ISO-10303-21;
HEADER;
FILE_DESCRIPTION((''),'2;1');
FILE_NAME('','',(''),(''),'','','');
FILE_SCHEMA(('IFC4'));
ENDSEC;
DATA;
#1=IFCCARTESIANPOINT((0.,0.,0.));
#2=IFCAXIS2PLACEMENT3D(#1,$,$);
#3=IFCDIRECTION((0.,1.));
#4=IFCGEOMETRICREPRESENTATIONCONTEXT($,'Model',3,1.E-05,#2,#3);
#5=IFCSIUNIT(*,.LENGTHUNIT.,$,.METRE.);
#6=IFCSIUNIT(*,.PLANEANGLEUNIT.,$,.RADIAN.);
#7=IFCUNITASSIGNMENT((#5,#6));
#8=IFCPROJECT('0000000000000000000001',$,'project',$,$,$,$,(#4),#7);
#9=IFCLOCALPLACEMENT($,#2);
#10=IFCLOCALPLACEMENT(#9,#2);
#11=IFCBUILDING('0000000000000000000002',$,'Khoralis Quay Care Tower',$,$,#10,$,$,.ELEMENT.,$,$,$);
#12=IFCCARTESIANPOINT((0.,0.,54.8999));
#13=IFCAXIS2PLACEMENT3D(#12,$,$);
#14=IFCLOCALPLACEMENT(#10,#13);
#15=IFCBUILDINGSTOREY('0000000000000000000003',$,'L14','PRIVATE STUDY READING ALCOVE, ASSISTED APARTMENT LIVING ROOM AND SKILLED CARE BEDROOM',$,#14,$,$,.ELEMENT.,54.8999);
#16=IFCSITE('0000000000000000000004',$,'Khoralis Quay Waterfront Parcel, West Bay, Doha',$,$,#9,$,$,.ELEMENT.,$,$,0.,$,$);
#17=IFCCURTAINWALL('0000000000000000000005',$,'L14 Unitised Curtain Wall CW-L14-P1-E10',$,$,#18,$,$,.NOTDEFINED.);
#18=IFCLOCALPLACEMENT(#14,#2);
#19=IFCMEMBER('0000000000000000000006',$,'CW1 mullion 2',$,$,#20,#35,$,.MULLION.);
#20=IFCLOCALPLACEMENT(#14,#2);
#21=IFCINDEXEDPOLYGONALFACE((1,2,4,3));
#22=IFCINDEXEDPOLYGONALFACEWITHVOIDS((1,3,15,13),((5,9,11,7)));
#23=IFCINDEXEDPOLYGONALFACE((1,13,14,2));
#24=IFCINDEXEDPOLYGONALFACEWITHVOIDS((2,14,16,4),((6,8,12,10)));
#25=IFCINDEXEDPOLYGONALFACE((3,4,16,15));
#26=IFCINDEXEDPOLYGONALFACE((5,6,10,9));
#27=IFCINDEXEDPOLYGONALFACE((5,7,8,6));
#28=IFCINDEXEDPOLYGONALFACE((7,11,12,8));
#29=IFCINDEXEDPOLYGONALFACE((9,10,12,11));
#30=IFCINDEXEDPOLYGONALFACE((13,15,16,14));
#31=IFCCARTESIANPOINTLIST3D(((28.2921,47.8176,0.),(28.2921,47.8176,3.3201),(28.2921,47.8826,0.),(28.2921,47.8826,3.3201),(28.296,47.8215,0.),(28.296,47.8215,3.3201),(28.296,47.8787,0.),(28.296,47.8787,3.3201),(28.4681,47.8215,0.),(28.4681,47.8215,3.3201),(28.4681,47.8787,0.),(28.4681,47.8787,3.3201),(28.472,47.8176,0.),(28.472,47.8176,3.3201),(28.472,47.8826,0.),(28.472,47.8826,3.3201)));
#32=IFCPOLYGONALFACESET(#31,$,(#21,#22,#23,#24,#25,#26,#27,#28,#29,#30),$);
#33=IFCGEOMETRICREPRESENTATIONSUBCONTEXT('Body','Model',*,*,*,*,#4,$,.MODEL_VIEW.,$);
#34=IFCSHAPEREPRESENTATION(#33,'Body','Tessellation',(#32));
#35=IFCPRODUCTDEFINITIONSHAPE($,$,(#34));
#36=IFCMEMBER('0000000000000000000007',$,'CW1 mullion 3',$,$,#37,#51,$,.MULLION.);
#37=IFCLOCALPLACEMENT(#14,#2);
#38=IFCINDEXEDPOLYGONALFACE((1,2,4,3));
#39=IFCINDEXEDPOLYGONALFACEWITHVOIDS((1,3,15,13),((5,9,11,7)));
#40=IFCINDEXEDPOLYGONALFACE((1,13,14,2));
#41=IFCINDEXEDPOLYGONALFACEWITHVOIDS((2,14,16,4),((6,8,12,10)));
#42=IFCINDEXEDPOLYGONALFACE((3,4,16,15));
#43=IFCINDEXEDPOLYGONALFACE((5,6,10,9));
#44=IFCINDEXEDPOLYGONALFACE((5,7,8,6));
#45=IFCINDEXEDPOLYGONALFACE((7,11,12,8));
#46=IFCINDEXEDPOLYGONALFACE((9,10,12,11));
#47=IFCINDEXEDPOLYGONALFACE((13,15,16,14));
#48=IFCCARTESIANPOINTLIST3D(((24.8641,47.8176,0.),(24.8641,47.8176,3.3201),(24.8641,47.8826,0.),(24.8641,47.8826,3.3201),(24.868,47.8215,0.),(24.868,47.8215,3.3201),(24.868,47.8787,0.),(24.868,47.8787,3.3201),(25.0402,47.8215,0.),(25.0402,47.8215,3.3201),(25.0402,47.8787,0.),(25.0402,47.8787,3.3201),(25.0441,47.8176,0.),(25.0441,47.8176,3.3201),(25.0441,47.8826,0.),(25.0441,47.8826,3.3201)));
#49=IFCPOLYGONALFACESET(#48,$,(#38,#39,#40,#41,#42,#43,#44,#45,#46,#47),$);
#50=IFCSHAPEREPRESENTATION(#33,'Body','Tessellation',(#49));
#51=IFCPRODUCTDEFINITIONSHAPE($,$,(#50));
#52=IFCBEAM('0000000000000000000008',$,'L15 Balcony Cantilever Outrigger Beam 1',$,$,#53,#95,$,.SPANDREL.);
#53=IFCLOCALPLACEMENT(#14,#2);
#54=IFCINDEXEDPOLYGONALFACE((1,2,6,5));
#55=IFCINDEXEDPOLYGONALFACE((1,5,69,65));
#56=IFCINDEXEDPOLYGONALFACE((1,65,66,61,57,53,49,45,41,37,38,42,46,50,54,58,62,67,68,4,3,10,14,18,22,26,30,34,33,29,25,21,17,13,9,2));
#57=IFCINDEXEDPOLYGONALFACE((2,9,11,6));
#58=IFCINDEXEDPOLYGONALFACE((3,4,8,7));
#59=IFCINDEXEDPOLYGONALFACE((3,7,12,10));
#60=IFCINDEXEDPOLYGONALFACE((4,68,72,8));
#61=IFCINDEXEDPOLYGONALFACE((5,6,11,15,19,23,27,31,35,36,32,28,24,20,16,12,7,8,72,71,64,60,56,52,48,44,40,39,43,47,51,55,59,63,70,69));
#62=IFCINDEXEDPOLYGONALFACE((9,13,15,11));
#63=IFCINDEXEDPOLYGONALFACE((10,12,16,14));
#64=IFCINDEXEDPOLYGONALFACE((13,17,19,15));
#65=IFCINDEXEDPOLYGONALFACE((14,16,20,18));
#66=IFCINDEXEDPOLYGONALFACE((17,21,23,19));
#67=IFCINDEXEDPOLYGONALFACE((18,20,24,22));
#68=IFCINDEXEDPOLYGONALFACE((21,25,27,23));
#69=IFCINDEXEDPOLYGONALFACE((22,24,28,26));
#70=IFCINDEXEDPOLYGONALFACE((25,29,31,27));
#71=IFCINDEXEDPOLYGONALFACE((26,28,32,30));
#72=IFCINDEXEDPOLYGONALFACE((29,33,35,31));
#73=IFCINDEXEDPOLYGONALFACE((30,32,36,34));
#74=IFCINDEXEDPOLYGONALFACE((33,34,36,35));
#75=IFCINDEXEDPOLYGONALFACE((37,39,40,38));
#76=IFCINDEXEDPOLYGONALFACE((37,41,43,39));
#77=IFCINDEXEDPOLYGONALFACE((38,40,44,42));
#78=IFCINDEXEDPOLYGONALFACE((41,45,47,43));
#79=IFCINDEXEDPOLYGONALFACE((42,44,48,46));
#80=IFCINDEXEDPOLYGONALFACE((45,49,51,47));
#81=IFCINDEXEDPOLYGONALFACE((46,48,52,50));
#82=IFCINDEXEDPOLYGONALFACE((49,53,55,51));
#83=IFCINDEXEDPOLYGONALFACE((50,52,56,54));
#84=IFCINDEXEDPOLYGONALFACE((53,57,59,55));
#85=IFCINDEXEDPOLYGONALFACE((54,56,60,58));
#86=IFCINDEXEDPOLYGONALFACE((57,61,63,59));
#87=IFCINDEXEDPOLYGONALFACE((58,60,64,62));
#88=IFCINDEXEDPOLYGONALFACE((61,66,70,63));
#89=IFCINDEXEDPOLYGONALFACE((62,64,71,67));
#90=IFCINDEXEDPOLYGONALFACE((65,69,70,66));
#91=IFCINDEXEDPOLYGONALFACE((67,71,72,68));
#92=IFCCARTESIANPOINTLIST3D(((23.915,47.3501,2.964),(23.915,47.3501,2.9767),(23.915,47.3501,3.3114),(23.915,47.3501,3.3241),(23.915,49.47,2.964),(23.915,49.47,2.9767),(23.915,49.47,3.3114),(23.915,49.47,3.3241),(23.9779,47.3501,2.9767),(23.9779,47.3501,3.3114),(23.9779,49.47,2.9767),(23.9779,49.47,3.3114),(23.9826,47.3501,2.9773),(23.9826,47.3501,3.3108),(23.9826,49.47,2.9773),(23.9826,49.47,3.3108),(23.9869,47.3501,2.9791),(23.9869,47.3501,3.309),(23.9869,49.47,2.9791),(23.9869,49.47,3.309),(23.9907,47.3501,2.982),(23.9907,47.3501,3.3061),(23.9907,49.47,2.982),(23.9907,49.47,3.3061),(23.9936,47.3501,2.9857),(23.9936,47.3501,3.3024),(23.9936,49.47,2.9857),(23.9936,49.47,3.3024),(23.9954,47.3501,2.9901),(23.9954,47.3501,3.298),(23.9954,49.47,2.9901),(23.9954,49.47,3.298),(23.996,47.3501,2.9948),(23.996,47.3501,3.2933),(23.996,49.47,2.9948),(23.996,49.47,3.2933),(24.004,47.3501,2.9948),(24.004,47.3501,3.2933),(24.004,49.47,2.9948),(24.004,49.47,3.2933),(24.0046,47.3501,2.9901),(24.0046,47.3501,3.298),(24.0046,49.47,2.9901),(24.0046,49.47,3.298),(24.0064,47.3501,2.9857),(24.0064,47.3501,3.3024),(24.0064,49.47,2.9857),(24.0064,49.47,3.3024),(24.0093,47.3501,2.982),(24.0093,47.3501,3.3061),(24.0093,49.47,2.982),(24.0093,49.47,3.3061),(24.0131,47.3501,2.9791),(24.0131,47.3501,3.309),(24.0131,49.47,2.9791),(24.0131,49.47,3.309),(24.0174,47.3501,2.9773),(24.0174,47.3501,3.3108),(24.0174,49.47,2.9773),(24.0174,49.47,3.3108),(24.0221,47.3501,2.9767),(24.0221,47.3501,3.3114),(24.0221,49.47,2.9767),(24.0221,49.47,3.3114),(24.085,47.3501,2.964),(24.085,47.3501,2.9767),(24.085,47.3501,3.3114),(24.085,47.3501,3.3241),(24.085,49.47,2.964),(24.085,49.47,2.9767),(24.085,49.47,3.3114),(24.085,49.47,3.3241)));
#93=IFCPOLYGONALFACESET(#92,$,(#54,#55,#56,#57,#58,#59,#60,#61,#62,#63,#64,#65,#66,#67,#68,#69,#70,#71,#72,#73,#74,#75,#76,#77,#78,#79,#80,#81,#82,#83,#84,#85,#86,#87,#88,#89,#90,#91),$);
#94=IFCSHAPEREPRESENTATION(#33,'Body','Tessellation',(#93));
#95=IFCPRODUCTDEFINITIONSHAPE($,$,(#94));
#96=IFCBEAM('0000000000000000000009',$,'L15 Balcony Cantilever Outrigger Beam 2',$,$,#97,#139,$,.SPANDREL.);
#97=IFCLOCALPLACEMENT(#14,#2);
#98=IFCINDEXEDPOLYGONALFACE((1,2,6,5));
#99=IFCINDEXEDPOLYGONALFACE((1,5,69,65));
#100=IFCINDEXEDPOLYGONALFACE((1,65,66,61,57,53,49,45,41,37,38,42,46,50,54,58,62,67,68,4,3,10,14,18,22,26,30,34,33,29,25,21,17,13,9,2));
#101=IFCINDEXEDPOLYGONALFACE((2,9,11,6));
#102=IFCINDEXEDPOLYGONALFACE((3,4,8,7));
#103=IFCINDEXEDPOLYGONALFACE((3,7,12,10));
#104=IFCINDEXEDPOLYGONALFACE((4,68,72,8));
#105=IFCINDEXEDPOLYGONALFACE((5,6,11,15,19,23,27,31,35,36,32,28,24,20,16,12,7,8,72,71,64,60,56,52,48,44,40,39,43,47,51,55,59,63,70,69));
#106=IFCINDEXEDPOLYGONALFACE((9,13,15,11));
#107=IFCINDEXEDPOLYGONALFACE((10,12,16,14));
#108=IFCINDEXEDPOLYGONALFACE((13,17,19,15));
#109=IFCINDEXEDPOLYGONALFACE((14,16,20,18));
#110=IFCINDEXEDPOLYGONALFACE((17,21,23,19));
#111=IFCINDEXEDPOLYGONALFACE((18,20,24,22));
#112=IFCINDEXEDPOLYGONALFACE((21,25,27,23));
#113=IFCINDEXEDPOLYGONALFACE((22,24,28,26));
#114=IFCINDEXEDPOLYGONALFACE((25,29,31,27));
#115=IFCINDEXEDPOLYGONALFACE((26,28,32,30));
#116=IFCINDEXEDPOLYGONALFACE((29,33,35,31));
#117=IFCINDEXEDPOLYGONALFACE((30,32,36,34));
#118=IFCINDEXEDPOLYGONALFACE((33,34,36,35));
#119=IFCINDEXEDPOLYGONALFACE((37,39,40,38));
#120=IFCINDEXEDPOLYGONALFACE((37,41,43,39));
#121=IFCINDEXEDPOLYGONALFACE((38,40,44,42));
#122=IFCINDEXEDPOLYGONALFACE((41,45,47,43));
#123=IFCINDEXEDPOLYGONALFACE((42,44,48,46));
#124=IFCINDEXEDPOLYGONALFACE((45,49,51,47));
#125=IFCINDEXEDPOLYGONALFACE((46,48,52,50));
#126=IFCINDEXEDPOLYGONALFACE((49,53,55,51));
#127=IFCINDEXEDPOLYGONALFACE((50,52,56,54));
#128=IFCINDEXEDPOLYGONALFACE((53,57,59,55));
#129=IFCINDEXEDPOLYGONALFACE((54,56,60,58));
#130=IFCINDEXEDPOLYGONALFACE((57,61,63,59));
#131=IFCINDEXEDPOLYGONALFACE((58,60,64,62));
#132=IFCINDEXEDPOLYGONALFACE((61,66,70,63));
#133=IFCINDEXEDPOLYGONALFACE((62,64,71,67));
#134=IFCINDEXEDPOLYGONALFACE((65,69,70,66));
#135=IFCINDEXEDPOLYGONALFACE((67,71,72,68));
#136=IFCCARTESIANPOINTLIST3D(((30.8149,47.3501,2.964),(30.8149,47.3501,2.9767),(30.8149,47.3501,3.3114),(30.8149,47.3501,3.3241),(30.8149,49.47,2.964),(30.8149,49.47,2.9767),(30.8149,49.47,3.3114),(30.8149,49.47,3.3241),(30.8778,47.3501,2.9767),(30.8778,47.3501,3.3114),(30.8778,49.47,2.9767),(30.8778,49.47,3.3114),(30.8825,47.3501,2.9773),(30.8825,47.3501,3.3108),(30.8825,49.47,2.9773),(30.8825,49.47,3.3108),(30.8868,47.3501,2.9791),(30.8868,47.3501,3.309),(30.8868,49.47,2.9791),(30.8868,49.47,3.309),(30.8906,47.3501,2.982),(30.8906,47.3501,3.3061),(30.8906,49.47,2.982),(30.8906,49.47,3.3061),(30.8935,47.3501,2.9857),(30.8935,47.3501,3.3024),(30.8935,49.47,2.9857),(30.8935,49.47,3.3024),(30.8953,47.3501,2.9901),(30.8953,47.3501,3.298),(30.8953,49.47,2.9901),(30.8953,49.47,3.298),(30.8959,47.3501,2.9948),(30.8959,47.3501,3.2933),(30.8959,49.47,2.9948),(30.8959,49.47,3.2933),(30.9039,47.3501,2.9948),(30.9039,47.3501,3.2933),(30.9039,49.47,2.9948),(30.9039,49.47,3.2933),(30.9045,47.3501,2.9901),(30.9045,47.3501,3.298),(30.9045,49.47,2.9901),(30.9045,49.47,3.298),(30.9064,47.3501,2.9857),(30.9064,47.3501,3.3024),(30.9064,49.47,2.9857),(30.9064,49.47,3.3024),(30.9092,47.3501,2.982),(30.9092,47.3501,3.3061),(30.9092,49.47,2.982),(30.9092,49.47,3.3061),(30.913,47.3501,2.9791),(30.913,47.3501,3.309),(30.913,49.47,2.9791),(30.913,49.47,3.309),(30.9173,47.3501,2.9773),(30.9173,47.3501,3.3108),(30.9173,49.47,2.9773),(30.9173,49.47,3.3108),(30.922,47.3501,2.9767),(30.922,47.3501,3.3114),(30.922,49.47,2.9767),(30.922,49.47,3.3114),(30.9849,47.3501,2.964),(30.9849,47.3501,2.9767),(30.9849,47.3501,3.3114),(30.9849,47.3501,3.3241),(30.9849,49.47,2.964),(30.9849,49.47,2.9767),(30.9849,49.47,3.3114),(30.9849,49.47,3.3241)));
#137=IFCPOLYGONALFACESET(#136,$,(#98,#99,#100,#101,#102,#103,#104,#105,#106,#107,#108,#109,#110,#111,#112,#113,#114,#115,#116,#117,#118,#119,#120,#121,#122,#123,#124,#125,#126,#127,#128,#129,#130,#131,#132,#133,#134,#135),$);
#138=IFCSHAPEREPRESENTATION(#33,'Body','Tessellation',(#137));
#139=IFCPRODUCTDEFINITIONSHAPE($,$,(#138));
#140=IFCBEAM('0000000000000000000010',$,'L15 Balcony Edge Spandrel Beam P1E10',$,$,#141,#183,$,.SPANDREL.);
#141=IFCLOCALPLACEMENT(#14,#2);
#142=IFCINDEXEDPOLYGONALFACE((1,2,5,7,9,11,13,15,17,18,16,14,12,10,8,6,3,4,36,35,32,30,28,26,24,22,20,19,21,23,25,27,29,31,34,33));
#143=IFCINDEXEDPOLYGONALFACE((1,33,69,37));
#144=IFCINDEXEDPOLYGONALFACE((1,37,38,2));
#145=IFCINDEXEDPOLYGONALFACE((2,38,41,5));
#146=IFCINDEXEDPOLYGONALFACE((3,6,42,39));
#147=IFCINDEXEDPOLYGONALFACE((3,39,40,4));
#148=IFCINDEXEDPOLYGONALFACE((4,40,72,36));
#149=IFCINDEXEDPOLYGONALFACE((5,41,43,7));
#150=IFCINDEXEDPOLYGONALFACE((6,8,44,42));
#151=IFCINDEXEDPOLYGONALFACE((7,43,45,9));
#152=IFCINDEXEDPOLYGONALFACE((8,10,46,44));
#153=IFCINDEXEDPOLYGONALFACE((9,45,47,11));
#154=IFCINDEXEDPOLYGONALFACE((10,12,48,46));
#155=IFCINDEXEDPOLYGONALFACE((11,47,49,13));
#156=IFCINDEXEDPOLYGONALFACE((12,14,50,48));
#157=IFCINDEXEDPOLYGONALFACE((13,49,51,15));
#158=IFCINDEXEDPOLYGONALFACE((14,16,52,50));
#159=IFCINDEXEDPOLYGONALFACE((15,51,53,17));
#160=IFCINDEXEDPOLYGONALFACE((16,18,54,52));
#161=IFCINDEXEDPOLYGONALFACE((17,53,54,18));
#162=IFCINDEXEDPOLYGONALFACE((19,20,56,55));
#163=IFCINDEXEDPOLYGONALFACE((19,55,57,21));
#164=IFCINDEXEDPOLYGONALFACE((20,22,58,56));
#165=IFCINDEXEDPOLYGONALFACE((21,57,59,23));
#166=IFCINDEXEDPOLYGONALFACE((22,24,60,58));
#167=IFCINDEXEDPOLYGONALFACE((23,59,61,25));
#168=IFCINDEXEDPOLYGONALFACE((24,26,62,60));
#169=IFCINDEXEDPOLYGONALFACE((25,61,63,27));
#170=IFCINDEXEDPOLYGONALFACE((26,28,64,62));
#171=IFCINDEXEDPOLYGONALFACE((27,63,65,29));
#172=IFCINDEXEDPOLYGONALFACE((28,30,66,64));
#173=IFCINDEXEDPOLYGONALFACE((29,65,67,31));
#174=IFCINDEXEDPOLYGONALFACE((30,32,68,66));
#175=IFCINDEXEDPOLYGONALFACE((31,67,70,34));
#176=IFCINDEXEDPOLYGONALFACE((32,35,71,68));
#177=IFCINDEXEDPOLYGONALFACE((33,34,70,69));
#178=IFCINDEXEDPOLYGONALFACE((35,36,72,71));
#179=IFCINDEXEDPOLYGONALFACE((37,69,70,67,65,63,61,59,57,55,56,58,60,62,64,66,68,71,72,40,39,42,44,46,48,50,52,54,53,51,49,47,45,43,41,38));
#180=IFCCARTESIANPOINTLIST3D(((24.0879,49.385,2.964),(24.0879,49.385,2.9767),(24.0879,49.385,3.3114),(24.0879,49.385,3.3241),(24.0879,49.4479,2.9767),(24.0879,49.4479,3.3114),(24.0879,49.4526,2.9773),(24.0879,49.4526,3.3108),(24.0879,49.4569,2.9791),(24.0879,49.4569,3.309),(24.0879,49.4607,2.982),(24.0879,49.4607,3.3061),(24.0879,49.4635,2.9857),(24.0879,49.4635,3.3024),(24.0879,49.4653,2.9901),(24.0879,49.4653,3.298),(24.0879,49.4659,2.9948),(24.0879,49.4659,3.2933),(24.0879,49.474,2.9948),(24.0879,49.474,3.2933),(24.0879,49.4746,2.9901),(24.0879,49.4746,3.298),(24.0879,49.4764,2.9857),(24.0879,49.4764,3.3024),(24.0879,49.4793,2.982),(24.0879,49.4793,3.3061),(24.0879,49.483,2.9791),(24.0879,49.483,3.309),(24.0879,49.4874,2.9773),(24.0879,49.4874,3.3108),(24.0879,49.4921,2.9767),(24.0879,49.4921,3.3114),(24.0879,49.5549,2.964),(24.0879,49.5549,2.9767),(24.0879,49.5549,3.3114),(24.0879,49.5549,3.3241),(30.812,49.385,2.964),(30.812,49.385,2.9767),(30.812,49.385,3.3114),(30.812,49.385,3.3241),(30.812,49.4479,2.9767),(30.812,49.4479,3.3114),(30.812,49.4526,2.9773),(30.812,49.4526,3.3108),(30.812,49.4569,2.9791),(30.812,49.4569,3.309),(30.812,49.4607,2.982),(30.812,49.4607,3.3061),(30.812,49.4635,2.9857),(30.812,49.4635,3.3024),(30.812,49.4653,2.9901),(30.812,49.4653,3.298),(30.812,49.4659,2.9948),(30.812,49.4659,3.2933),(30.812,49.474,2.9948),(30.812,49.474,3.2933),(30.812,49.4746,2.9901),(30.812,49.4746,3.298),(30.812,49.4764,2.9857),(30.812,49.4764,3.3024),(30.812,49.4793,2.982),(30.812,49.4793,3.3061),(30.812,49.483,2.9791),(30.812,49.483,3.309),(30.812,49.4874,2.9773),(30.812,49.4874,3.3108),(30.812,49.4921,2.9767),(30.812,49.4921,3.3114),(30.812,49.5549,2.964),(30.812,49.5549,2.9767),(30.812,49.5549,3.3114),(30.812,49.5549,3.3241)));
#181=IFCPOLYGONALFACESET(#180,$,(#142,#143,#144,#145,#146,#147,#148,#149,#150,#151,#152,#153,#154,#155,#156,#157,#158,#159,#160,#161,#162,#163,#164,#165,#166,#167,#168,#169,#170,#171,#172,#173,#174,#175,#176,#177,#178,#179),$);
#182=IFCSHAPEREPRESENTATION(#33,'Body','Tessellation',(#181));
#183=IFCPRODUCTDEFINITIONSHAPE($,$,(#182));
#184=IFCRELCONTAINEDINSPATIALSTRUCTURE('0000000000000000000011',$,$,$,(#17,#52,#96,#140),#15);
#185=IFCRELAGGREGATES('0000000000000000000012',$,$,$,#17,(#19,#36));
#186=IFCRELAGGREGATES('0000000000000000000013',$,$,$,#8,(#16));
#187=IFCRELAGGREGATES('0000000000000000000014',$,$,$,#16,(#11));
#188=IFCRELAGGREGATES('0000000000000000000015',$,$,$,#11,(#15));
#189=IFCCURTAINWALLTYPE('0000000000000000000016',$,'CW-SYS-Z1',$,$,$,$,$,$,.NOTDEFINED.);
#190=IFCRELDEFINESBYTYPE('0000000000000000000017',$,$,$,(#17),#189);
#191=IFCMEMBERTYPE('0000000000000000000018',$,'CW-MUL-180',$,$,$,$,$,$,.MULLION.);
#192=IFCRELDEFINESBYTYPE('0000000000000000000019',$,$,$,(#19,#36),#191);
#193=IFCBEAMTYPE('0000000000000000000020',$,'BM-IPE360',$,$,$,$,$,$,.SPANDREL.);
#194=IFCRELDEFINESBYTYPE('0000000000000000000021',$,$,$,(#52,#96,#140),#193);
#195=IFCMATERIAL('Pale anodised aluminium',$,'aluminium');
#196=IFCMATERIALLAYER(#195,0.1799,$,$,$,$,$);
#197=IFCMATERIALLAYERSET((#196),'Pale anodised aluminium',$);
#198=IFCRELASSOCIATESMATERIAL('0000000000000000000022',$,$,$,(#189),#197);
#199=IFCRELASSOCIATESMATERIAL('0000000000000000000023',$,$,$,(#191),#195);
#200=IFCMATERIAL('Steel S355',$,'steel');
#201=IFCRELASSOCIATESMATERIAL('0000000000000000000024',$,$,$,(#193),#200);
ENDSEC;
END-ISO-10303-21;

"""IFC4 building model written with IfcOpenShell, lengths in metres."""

from ifc_helpers import new_model, si_unit, direction, frame, origin, origin_2d, place, context, subcontext, project, spatial, hollow_rectangle, i_section, extrude, source, transform, mapped, material, layer, layer_set, material_profile, profile_set, type_object, element, aggregate, save


model = new_model("IFC4")

# Units and contexts
model_context = context("Model", 3, precision=1e-05, world=origin(), true_north=direction((0.0, 1.0)))
body_context = subcontext(model_context, "Body", "Model", "MODEL_VIEW")
ifc_project = project(units=[si_unit("LENGTHUNIT", "METRE"), si_unit("PLANEANGLEUNIT", "RADIAN")], contexts=[model_context])

# Site, building, storey
site_placement = place(None, origin())
site = spatial("IfcSite", under=ifc_project, at=site_placement, Name="Khoralis Quay Waterfront Parcel, West Bay, Doha", CompositionType="ELEMENT", RefElevation=0.0)
building_placement = place(site_placement, origin())
building = spatial("IfcBuilding", under=site, at=building_placement, Name="Khoralis Quay Care Tower", CompositionType="ELEMENT")
storey_placement = place(building_placement, frame((0.0, 0.0, 54.8999)))
storey = spatial("IfcBuildingStorey", under=building, at=storey_placement, Name="L14", Description="PRIVATE STUDY READING ALCOVE, ASSISTED APARTMENT LIVING ROOM AND SKILLED CARE BEDROOM", CompositionType="ELEMENT", Elevation=54.8999)

# Shared definitions
ifc_material_1 = material(Name="Steel S355", Category="steel")

# Curtain wall, members
ifc_material_2 = material(Name="Pale anodised aluminium", Category="aluminium")
ifc_layer_1 = layer(ifc_material_2, 0.1799)
ifc_layer_set_1 = layer_set([ifc_layer_1], Name="Pale anodised aluminium")
curtain_wall_type = type_object("IfcCurtainWallType", Name="CW-SYS-Z1", PredefinedType="NOTDEFINED", material=ifc_layer_set_1)
curtain_wall_placement = place(storey_placement, origin())
curtain_wall = element("IfcCurtainWall", 1, at=curtain_wall_placement, inside=storey, type_object=curtain_wall_type, Name="L14 Unitised Curtain Wall CW-L14-P1-E10", PredefinedType="NOTDEFINED")
ifc_material_profile_1 = material_profile(ifc_material_2, hollow_rectangle(XDim=0.0649, YDim=0.1799, WallThickness=0.0039, at=origin_2d()), Name="Pale anodised aluminium")
ifc_profile_set_1 = profile_set([ifc_material_profile_1], Name="Pale anodised aluminium")
member_type_1 = type_object("IfcMemberType", Name="CW-MUL-180", PredefinedType="MULLION", material=ifc_profile_set_1)
shared_shape_1 = source(origin(), body_context, "Body", "SweptSolid", [
    extrude(hollow_rectangle(XDim=0.0649, YDim=0.1799, WallThickness=0.0039, at=origin_2d()), origin(), (0.0, 0.0, 1.0), 3.3201),
])
member_1_placement = place(storey_placement, frame((28.3821, 47.8501, 0.0), z_axis=(0.0, 0.0, 1.0), x_axis=(0.0, -1.0, 0.0)))
member_1 = element("IfcMember", 2, at=member_1_placement, type_object=member_type_1, Name="CW1 mullion 2", PredefinedType="MULLION", context=body_context, shape_type="MappedRepresentation", body=[
    mapped(shared_shape_1, transform((0.0, 0.0, 0.0), scale=1.0)),
])
member_2_placement = place(storey_placement, frame((24.9541, 47.8501, 0.0), z_axis=(0.0, 0.0, 1.0), x_axis=(0.0, -1.0, 0.0)))
member_2 = element("IfcMember", 3, at=member_2_placement, type_object=member_type_1, Name="CW1 mullion 3", PredefinedType="MULLION", context=body_context, shape_type="MappedRepresentation", body=[
    mapped(shared_shape_1, transform((0.0, 0.0, 0.0), scale=1.0)),
])

# Beams
ifc_material_profile_2 = material_profile(ifc_material_1, i_section(OverallWidth=0.1699, OverallDepth=0.3601, WebThickness=0.0081, FlangeThickness=0.0127, FilletRadius=0.0181, at=origin_2d()), Name="Steel S355")
ifc_profile_set_2 = profile_set([ifc_material_profile_2], Name="Steel S355")
beam_type_1 = type_object("IfcBeamType", Name="BM-IPE360", PredefinedType="SPANDREL", material=ifc_profile_set_2)
shared_shape_2 = source(origin(), body_context, "Body", "SweptSolid", [
    extrude(i_section(OverallWidth=0.1699, OverallDepth=0.3601, WebThickness=0.0081, FlangeThickness=0.0127, FilletRadius=0.0181, at=origin_2d()), origin(), (0.0, 0.0, 1.0), 2.1199),
])
for number, where, z_axis, x_axis, name in (
    (4, (24.0, 47.3501, 3.144), (0.0, 1.0, 0.0), (-1.0, 0.0, 0.0), "L15 Balcony Cantilever Outrigger Beam 1"),
    (5, (30.8999, 47.3501, 3.144), (0.0, 1.0, 0.0), (-1.0, 0.0, 0.0), "L15 Balcony Cantilever Outrigger Beam 2"),
):
    element("IfcBeam", number, at=place(storey_placement, frame(where, z_axis=z_axis, x_axis=x_axis)), inside=storey, type_object=beam_type_1, Name=name, PredefinedType="SPANDREL", context=body_context, shape_type="MappedRepresentation", body=[
        mapped(shared_shape_2, transform((0.0, 0.0, 0.0), scale=1.0)),
    ])
shared_shape_3 = source(origin(), body_context, "Body", "SweptSolid", [
    extrude(i_section(OverallWidth=0.1699, OverallDepth=0.3601, WebThickness=0.0081, FlangeThickness=0.0127, FilletRadius=0.0181, at=origin_2d()), origin(), (0.0, 0.0, 1.0), 6.7241),
])
beam_1_placement = place(storey_placement, frame((24.0879, 49.47, 3.144), z_axis=(1.0, 0.0, 0.0), x_axis=(0.0, 1.0, 0.0)))
element("IfcBeam", 6, at=beam_1_placement, inside=storey, type_object=beam_type_1, Name="L15 Balcony Edge Spandrel Beam P1E10", PredefinedType="SPANDREL", context=body_context, shape_type="MappedRepresentation", body=[
    mapped(shared_shape_3, transform((0.0, 0.0, 0.0), scale=1.0)),
])

aggregate(curtain_wall, [member_1, member_2])

save(model, "model.ifc")
